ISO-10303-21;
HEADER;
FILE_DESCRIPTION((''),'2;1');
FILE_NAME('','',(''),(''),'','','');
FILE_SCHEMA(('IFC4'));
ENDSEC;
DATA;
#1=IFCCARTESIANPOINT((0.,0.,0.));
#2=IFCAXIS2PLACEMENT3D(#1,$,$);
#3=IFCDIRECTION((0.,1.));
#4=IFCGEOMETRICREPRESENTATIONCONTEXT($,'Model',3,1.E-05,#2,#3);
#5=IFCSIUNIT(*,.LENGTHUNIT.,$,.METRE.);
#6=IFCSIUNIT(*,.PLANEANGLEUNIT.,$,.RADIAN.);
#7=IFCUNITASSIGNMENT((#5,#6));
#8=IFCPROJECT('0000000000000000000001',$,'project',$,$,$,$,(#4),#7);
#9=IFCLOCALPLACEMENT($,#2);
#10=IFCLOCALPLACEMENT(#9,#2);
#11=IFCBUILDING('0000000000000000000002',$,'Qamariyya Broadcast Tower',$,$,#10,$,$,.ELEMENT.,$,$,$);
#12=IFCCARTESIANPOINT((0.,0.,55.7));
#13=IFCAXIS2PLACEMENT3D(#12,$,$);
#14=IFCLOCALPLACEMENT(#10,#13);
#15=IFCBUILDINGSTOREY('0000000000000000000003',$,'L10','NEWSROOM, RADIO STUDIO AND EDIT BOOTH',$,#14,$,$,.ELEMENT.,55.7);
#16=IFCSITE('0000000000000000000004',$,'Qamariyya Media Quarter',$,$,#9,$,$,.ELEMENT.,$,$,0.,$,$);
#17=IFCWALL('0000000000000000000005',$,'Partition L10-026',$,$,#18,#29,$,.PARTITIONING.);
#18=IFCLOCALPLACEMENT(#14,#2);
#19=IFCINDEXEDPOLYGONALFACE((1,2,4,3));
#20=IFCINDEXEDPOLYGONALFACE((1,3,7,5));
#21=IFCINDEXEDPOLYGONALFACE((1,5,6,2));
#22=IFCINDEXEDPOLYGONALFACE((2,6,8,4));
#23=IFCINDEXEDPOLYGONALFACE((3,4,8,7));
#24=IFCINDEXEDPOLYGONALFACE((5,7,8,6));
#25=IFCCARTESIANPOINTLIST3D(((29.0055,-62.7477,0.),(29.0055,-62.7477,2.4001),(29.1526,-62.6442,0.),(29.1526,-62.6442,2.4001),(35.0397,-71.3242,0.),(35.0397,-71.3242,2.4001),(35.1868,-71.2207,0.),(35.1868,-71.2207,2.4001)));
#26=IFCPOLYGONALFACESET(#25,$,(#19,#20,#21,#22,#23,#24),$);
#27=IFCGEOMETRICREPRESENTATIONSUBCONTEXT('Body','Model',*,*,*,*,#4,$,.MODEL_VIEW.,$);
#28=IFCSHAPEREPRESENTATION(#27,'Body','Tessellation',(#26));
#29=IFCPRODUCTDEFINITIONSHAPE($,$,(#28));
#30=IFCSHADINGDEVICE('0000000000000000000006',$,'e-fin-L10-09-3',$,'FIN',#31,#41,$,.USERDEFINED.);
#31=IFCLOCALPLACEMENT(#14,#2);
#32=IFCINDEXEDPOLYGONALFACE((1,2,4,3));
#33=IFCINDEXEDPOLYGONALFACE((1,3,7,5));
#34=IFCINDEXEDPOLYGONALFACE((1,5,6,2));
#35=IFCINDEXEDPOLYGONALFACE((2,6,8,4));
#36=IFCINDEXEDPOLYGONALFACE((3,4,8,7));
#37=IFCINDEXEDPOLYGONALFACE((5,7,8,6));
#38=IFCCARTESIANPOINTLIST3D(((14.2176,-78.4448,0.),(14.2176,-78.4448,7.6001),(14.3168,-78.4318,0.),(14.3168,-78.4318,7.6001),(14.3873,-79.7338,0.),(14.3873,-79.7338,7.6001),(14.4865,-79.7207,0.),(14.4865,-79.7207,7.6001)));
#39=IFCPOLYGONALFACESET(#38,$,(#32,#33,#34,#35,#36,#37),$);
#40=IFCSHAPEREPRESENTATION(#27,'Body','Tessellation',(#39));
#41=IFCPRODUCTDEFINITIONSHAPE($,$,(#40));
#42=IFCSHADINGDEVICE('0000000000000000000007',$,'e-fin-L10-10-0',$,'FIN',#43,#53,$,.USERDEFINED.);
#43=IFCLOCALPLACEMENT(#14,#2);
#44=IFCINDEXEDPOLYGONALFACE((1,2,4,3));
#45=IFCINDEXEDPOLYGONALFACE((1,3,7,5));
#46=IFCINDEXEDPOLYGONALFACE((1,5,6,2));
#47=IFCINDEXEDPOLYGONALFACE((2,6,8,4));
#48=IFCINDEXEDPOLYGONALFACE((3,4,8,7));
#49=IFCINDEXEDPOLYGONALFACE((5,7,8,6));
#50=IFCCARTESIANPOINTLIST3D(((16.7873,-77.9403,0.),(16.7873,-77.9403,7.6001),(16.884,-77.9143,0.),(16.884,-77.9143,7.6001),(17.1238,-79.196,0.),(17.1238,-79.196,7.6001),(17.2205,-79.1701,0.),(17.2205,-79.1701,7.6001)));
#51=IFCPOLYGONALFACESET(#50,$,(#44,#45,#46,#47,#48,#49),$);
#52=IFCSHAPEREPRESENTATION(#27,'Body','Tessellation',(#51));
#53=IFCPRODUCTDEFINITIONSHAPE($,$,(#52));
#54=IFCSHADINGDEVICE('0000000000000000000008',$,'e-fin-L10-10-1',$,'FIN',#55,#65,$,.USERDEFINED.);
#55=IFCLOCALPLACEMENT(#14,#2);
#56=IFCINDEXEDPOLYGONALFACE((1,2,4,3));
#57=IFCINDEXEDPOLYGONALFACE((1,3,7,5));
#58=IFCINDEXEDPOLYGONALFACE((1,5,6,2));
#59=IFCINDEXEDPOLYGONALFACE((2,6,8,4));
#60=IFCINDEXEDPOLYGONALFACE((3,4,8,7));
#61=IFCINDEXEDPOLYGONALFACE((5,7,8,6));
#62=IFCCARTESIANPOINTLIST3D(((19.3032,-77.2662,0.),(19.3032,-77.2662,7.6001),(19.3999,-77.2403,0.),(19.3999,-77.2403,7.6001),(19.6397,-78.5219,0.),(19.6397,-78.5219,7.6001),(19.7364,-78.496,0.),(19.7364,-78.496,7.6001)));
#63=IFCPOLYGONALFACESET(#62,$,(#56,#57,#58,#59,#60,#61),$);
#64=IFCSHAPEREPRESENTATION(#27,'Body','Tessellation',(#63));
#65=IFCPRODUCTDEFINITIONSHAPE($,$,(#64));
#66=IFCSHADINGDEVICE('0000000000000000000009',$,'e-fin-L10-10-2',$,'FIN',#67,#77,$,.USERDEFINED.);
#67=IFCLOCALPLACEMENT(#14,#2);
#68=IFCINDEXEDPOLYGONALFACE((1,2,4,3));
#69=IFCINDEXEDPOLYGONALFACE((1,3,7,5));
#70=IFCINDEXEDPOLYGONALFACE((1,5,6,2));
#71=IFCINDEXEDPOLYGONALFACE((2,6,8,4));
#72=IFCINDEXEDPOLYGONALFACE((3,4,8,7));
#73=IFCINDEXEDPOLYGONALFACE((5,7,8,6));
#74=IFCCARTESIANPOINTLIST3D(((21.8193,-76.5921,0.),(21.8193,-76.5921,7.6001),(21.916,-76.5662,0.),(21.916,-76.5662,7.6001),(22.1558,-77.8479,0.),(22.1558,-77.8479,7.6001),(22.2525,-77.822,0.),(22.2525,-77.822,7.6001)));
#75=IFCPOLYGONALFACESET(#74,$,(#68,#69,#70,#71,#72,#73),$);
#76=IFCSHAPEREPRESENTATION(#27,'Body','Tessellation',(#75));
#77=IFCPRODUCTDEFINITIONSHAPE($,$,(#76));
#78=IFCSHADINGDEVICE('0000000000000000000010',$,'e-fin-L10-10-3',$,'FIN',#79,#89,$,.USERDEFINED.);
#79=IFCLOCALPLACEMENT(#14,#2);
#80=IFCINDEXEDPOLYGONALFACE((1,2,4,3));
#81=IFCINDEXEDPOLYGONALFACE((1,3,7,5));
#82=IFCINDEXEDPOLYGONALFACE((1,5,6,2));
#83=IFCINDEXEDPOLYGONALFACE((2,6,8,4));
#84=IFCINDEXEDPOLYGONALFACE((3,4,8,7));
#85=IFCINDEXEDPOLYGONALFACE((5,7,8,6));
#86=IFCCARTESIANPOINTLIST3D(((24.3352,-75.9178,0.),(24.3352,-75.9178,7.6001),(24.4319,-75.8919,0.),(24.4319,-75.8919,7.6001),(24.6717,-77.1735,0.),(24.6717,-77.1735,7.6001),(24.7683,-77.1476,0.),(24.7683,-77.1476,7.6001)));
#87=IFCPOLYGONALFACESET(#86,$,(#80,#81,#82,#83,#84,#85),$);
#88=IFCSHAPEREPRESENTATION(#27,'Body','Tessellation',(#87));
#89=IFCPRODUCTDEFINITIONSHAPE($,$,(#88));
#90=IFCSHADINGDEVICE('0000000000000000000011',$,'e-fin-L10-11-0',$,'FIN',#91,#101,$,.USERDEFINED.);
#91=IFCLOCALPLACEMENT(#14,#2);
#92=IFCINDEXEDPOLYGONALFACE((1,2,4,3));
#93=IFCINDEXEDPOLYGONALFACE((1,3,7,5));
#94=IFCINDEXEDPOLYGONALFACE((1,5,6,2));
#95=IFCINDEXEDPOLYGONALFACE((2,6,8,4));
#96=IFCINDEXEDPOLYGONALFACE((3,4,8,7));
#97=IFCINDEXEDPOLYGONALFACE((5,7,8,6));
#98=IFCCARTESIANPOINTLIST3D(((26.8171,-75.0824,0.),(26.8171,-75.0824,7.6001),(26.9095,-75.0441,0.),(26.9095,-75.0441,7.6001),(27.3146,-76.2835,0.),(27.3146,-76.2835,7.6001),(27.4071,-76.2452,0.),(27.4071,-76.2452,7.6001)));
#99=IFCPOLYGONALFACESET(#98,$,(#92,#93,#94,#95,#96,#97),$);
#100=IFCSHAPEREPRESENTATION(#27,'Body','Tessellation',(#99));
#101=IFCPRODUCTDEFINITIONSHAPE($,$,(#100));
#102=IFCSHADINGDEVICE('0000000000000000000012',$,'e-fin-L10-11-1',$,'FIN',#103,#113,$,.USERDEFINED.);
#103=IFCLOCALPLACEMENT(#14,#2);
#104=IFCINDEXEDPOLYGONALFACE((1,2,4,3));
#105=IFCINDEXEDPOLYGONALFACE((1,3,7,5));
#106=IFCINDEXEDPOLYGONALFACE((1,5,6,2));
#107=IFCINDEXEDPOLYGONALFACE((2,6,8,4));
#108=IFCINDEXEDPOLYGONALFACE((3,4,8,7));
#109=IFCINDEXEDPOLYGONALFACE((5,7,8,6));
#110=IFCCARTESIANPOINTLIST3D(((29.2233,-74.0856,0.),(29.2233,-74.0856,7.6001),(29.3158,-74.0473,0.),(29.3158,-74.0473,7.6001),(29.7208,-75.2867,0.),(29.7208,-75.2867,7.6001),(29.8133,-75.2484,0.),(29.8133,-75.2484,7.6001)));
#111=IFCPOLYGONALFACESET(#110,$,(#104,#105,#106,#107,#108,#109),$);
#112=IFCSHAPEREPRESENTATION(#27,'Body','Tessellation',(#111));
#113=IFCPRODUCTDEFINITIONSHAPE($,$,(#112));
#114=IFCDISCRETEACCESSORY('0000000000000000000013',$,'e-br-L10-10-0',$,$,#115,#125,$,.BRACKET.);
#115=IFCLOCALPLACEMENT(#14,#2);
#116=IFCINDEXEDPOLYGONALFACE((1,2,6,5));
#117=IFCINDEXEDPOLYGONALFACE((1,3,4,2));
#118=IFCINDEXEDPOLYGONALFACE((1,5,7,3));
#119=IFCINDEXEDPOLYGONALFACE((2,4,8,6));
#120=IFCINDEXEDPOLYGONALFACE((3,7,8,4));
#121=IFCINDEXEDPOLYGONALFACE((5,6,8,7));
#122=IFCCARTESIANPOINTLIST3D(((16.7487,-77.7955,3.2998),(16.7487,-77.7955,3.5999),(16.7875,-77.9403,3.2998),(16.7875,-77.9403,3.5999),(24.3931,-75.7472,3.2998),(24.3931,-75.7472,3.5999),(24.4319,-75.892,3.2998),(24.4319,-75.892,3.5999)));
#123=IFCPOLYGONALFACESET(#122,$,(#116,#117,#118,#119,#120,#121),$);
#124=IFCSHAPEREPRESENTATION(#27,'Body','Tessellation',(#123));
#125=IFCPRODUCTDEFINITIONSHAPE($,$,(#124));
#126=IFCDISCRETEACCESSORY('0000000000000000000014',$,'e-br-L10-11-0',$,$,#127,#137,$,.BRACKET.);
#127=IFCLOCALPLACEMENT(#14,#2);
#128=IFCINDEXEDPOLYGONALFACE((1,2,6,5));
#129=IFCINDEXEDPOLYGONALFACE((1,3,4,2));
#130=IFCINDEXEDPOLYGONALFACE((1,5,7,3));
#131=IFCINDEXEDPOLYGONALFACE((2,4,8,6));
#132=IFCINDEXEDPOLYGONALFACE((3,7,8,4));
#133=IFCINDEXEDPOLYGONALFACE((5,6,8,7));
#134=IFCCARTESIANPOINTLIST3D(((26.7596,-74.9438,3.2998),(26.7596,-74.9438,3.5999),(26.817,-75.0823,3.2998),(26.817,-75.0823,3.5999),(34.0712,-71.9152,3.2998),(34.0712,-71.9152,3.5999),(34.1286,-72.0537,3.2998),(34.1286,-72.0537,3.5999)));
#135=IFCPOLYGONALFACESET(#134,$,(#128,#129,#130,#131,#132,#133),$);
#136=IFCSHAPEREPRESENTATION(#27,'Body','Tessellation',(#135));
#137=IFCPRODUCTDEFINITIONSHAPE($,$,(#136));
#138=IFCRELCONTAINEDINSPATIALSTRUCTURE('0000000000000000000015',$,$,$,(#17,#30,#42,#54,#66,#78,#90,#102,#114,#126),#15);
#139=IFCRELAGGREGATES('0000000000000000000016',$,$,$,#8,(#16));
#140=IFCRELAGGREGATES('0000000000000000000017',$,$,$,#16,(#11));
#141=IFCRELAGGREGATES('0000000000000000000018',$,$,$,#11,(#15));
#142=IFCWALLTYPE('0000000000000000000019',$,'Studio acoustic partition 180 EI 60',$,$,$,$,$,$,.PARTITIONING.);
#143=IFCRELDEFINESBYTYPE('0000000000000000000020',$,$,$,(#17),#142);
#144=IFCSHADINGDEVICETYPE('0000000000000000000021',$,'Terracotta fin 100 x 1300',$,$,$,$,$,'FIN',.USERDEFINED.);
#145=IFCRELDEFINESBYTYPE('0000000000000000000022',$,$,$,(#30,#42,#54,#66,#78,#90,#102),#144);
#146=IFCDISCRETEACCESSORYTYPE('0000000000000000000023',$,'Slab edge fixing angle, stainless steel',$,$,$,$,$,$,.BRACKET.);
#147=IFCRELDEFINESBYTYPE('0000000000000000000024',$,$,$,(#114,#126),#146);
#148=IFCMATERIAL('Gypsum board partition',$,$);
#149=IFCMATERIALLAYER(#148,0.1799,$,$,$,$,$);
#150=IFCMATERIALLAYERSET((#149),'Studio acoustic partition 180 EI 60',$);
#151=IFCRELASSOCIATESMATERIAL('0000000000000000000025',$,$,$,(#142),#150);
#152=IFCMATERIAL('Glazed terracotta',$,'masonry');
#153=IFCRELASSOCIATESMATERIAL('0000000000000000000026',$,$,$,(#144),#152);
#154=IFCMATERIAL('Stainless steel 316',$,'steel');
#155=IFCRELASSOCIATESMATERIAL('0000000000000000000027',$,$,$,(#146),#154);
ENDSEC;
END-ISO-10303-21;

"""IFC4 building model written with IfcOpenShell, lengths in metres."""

from ifc_helpers import new_model, si_unit, direction, frame, frame_2d, origin, origin_2d, place, context, subcontext, project, spatial, rectangle, extrude, material, layer, layer_set, material_profile, profile_set, type_object, element, save


model = new_model("IFC4")

# Units and contexts
model_context = context("Model", 3, precision=1e-05, world=origin(), true_north=direction((0.0, 1.0)))
body_context = subcontext(model_context, "Body", "Model", "MODEL_VIEW")
ifc_project = project(units=[si_unit("LENGTHUNIT", "METRE"), si_unit("PLANEANGLEUNIT", "RADIAN")], contexts=[model_context])

# Site, building, storey
site_placement = place(None, origin())
site = spatial("IfcSite", under=ifc_project, at=site_placement, Name="Qamariyya Media Quarter", CompositionType="ELEMENT", RefElevation=0.0)
building_placement = place(site_placement, origin())
building = spatial("IfcBuilding", under=site, at=building_placement, Name="Qamariyya Broadcast Tower", CompositionType="ELEMENT")
storey_placement = place(building_placement, frame((0.0, 0.0, 55.7)))
storey = spatial("IfcBuildingStorey", under=building, at=storey_placement, Name="L10", Description="NEWSROOM, RADIO STUDIO AND EDIT BOOTH", CompositionType="ELEMENT", Elevation=55.7)

# Shared definitions
ifc_material_1 = material(Name="Gypsum board partition")
ifc_layer_1 = layer(ifc_material_1, 0.1799)
ifc_layer_set_1 = layer_set([ifc_layer_1], Name="Studio acoustic partition 180 EI 60")
wall_type_1 = type_object("IfcWallType", Name="Studio acoustic partition 180 EI 60", PredefinedType="PARTITIONING", material=ifc_layer_set_1)

# Wall
wall_1_placement = place(storey_placement, frame((29.0791, -62.696, 0.0), z_axis=(0.0, 0.0, 1.0), x_axis=(0.575425, -0.817855, 0.0)))
element("IfcWall", 1, at=wall_1_placement, inside=storey, type_object=wall_type_1, Name="Partition L10-026", PredefinedType="PARTITIONING", context=body_context, shape_type="SweptSolid", body=[
    extrude(rectangle(XDim=10.4866, YDim=0.1799, at=frame_2d((5.2432, 0.0))), origin(), (0.0, 0.0, 1.0), 2.4001),
])

# Shading devices
ifc_material_2 = material(Name="Glazed terracotta", Category="masonry")
ifc_material_profile_1 = material_profile(ifc_material_2, rectangle(XDim=1.3, YDim=0.1001, at=origin_2d()))
ifc_profile_set_1 = profile_set([ifc_material_profile_1], Name="Glazed terracotta")
shading_device_type_1 = type_object("IfcShadingDeviceType", Name="Terracotta fin 100 x 1300", ElementType="FIN", PredefinedType="USERDEFINED", material=ifc_profile_set_1)
for number, where, z_axis, x_axis, name in (
    (2, (14.3521, -79.0828, 0.0), (0.0, 0.0, 1.0), (0.130526, -0.991445, 0.0), "e-fin-L10-09-3"),
    (3, (17.0039, -78.5552, 0.0), (0.0, 0.0, 1.0), (0.258819, -0.965926, 0.0), "e-fin-L10-10-0"),
    (4, (19.5198, -77.8811, 0.0), (0.0, 0.0, 1.0), (0.258819, -0.965926, 0.0), "e-fin-L10-10-1"),
    (5, (22.0359, -77.207, 0.0), (0.0, 0.0, 1.0), (0.258819, -0.965926, 0.0), "e-fin-L10-10-2"),
    (6, (24.5518, -76.5327, 0.0), (0.0, 0.0, 1.0), (0.258819, -0.965926, 0.0), "e-fin-L10-10-3"),
    (7, (27.1121, -75.6638, 0.0), (0.0, 0.0, 1.0), (0.382683, -0.92388, 0.0), "e-fin-L10-11-0"),
    (8, (29.5183, -74.667, 0.0), (0.0, 0.0, 1.0), (0.382683, -0.92388, 0.0), "e-fin-L10-11-1"),
):
    element("IfcShadingDevice", number, at=place(storey_placement, frame(where, z_axis=z_axis, x_axis=x_axis)), inside=storey, type_object=shading_device_type_1, Name=name, ObjectType="FIN", PredefinedType="USERDEFINED", context=body_context, shape_type="SweptSolid", body=[
        extrude(rectangle(XDim=1.3, YDim=0.1001, at=origin_2d()), origin(), (0.0, 0.0, 1.0), 7.6001),
    ])

# Discrete accessories
ifc_material_3 = material(Name="Stainless steel 316", Category="steel")
discrete_accessory_type = type_object("IfcDiscreteAccessoryType", Name="Slab edge fixing angle, stainless steel", PredefinedType="BRACKET", material=ifc_material_3)
for number, where, z_axis, x_axis, name in (
    (9, (20.5903, -76.8438, 3.2998), (0.0, 0.0, 1.0), (0.965926, 0.258819, 0.0), "e-br-L10-10-0"),
    (10, (30.4441, -73.4988, 3.2998), (0.0, 0.0, 1.0), (0.92388, 0.382683, 0.0), "e-br-L10-11-0"),
):
    element("IfcDiscreteAccessory", number, at=place(storey_placement, frame(where, z_axis=z_axis, x_axis=x_axis)), inside=storey, type_object=discrete_accessory_type, Name=name, PredefinedType="BRACKET", context=body_context, shape_type="SweptSolid", body=[
        extrude(rectangle(XDim=7.9141, YDim=0.1499, at=origin_2d()), origin(), (0.0, 0.0, 1.0), 0.3),
    ])

save(model, "model.ifc")
